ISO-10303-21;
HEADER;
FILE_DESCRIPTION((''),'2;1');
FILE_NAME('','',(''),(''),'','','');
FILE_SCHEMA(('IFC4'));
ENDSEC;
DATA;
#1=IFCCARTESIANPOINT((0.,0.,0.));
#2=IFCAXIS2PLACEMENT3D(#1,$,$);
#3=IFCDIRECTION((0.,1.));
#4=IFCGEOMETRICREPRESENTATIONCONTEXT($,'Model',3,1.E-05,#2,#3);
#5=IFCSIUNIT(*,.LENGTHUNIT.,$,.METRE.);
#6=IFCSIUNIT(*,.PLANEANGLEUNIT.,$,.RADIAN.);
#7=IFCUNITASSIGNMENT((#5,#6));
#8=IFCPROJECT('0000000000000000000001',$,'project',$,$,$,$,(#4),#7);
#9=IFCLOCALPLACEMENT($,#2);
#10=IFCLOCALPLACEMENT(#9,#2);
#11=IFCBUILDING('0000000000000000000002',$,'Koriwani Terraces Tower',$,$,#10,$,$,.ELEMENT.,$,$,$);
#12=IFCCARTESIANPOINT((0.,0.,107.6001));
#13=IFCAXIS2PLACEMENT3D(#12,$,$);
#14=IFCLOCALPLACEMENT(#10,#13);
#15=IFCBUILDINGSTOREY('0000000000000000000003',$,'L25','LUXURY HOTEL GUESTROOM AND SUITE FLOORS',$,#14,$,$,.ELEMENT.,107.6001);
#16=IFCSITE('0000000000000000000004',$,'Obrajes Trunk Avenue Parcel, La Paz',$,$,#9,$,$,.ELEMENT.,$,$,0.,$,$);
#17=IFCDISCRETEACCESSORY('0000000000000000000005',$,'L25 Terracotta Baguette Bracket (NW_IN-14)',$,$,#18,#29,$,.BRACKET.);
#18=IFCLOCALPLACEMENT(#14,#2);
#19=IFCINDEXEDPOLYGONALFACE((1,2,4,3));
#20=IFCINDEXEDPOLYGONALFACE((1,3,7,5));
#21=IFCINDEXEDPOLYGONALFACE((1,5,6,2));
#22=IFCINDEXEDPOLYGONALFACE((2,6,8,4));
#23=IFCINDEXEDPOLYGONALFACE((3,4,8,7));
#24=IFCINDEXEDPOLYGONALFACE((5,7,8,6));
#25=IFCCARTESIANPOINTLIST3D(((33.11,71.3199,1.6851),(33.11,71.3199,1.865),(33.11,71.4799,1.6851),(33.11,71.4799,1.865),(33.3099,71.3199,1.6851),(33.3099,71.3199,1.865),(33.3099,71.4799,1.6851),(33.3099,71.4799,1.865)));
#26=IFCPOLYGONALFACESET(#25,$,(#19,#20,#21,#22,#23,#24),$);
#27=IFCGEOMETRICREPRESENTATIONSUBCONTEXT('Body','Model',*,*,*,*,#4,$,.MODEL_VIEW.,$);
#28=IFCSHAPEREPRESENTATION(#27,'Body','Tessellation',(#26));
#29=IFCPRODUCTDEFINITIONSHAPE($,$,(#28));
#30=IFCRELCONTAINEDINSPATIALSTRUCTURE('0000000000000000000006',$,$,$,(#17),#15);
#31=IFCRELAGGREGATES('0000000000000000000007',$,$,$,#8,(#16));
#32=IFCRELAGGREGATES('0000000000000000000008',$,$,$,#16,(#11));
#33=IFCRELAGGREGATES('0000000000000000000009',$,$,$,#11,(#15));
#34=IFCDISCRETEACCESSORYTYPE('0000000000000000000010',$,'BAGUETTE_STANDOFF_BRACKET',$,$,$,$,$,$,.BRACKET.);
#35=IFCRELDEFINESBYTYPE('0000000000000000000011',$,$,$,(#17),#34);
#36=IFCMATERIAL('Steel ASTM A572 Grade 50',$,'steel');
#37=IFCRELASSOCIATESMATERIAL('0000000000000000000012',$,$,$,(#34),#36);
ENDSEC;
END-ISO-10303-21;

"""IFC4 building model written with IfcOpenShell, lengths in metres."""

from ifc_helpers import new_model, si_unit, direction, frame, origin, origin_2d, place, context, subcontext, project, spatial, rectangle, extrude, material, type_object, element, save


model = new_model("IFC4")

# Units and contexts
model_context = context("Model", 3, precision=1e-05, world=origin(), true_north=direction((0.0, 1.0)))
body_context = subcontext(model_context, "Body", "Model", "MODEL_VIEW")
ifc_project = project(units=[si_unit("LENGTHUNIT", "METRE"), si_unit("PLANEANGLEUNIT", "RADIAN")], contexts=[model_context])

# Site, building, storey
site_placement = place(None, origin())
site = spatial("IfcSite", under=ifc_project, at=site_placement, Name="Obrajes Trunk Avenue Parcel, La Paz", CompositionType="ELEMENT", RefElevation=0.0)
building_placement = place(site_placement, origin())
building = spatial("IfcBuilding", under=site, at=building_placement, Name="Koriwani Terraces Tower", CompositionType="ELEMENT")
storey_placement = place(building_placement, frame((0.0, 0.0, 107.6001)))
storey = spatial("IfcBuildingStorey", under=building, at=storey_placement, Name="L25", Description="LUXURY HOTEL GUESTROOM AND SUITE FLOORS", CompositionType="ELEMENT", Elevation=107.6001)

# Shared definitions
ifc_material_1 = material(Name="Steel ASTM A572 Grade 50", Category="steel")

# Discrete accessory
discrete_accessory_type = type_object("IfcDiscreteAccessoryType", Name="BAGUETTE_STANDOFF_BRACKET", PredefinedType="BRACKET", material=ifc_material_1)
discrete_accessory_placement = place(storey_placement, frame((33.21, 71.3999, 1.6851), z_axis=(0.0, 0.0, 1.0), x_axis=(0.0, -1.0, 0.0)))
element("IfcDiscreteAccessory", 1, at=discrete_accessory_placement, inside=storey, type_object=discrete_accessory_type, Name="L25 Terracotta Baguette Bracket (NW_IN-14)", PredefinedType="BRACKET", context=body_context, shape_type="SweptSolid", body=[
    extrude(rectangle(XDim=0.1599, YDim=0.2, at=origin_2d()), origin(), (0.0, 0.0, 1.0), 0.1799),
])

save(model, "model.ifc")
